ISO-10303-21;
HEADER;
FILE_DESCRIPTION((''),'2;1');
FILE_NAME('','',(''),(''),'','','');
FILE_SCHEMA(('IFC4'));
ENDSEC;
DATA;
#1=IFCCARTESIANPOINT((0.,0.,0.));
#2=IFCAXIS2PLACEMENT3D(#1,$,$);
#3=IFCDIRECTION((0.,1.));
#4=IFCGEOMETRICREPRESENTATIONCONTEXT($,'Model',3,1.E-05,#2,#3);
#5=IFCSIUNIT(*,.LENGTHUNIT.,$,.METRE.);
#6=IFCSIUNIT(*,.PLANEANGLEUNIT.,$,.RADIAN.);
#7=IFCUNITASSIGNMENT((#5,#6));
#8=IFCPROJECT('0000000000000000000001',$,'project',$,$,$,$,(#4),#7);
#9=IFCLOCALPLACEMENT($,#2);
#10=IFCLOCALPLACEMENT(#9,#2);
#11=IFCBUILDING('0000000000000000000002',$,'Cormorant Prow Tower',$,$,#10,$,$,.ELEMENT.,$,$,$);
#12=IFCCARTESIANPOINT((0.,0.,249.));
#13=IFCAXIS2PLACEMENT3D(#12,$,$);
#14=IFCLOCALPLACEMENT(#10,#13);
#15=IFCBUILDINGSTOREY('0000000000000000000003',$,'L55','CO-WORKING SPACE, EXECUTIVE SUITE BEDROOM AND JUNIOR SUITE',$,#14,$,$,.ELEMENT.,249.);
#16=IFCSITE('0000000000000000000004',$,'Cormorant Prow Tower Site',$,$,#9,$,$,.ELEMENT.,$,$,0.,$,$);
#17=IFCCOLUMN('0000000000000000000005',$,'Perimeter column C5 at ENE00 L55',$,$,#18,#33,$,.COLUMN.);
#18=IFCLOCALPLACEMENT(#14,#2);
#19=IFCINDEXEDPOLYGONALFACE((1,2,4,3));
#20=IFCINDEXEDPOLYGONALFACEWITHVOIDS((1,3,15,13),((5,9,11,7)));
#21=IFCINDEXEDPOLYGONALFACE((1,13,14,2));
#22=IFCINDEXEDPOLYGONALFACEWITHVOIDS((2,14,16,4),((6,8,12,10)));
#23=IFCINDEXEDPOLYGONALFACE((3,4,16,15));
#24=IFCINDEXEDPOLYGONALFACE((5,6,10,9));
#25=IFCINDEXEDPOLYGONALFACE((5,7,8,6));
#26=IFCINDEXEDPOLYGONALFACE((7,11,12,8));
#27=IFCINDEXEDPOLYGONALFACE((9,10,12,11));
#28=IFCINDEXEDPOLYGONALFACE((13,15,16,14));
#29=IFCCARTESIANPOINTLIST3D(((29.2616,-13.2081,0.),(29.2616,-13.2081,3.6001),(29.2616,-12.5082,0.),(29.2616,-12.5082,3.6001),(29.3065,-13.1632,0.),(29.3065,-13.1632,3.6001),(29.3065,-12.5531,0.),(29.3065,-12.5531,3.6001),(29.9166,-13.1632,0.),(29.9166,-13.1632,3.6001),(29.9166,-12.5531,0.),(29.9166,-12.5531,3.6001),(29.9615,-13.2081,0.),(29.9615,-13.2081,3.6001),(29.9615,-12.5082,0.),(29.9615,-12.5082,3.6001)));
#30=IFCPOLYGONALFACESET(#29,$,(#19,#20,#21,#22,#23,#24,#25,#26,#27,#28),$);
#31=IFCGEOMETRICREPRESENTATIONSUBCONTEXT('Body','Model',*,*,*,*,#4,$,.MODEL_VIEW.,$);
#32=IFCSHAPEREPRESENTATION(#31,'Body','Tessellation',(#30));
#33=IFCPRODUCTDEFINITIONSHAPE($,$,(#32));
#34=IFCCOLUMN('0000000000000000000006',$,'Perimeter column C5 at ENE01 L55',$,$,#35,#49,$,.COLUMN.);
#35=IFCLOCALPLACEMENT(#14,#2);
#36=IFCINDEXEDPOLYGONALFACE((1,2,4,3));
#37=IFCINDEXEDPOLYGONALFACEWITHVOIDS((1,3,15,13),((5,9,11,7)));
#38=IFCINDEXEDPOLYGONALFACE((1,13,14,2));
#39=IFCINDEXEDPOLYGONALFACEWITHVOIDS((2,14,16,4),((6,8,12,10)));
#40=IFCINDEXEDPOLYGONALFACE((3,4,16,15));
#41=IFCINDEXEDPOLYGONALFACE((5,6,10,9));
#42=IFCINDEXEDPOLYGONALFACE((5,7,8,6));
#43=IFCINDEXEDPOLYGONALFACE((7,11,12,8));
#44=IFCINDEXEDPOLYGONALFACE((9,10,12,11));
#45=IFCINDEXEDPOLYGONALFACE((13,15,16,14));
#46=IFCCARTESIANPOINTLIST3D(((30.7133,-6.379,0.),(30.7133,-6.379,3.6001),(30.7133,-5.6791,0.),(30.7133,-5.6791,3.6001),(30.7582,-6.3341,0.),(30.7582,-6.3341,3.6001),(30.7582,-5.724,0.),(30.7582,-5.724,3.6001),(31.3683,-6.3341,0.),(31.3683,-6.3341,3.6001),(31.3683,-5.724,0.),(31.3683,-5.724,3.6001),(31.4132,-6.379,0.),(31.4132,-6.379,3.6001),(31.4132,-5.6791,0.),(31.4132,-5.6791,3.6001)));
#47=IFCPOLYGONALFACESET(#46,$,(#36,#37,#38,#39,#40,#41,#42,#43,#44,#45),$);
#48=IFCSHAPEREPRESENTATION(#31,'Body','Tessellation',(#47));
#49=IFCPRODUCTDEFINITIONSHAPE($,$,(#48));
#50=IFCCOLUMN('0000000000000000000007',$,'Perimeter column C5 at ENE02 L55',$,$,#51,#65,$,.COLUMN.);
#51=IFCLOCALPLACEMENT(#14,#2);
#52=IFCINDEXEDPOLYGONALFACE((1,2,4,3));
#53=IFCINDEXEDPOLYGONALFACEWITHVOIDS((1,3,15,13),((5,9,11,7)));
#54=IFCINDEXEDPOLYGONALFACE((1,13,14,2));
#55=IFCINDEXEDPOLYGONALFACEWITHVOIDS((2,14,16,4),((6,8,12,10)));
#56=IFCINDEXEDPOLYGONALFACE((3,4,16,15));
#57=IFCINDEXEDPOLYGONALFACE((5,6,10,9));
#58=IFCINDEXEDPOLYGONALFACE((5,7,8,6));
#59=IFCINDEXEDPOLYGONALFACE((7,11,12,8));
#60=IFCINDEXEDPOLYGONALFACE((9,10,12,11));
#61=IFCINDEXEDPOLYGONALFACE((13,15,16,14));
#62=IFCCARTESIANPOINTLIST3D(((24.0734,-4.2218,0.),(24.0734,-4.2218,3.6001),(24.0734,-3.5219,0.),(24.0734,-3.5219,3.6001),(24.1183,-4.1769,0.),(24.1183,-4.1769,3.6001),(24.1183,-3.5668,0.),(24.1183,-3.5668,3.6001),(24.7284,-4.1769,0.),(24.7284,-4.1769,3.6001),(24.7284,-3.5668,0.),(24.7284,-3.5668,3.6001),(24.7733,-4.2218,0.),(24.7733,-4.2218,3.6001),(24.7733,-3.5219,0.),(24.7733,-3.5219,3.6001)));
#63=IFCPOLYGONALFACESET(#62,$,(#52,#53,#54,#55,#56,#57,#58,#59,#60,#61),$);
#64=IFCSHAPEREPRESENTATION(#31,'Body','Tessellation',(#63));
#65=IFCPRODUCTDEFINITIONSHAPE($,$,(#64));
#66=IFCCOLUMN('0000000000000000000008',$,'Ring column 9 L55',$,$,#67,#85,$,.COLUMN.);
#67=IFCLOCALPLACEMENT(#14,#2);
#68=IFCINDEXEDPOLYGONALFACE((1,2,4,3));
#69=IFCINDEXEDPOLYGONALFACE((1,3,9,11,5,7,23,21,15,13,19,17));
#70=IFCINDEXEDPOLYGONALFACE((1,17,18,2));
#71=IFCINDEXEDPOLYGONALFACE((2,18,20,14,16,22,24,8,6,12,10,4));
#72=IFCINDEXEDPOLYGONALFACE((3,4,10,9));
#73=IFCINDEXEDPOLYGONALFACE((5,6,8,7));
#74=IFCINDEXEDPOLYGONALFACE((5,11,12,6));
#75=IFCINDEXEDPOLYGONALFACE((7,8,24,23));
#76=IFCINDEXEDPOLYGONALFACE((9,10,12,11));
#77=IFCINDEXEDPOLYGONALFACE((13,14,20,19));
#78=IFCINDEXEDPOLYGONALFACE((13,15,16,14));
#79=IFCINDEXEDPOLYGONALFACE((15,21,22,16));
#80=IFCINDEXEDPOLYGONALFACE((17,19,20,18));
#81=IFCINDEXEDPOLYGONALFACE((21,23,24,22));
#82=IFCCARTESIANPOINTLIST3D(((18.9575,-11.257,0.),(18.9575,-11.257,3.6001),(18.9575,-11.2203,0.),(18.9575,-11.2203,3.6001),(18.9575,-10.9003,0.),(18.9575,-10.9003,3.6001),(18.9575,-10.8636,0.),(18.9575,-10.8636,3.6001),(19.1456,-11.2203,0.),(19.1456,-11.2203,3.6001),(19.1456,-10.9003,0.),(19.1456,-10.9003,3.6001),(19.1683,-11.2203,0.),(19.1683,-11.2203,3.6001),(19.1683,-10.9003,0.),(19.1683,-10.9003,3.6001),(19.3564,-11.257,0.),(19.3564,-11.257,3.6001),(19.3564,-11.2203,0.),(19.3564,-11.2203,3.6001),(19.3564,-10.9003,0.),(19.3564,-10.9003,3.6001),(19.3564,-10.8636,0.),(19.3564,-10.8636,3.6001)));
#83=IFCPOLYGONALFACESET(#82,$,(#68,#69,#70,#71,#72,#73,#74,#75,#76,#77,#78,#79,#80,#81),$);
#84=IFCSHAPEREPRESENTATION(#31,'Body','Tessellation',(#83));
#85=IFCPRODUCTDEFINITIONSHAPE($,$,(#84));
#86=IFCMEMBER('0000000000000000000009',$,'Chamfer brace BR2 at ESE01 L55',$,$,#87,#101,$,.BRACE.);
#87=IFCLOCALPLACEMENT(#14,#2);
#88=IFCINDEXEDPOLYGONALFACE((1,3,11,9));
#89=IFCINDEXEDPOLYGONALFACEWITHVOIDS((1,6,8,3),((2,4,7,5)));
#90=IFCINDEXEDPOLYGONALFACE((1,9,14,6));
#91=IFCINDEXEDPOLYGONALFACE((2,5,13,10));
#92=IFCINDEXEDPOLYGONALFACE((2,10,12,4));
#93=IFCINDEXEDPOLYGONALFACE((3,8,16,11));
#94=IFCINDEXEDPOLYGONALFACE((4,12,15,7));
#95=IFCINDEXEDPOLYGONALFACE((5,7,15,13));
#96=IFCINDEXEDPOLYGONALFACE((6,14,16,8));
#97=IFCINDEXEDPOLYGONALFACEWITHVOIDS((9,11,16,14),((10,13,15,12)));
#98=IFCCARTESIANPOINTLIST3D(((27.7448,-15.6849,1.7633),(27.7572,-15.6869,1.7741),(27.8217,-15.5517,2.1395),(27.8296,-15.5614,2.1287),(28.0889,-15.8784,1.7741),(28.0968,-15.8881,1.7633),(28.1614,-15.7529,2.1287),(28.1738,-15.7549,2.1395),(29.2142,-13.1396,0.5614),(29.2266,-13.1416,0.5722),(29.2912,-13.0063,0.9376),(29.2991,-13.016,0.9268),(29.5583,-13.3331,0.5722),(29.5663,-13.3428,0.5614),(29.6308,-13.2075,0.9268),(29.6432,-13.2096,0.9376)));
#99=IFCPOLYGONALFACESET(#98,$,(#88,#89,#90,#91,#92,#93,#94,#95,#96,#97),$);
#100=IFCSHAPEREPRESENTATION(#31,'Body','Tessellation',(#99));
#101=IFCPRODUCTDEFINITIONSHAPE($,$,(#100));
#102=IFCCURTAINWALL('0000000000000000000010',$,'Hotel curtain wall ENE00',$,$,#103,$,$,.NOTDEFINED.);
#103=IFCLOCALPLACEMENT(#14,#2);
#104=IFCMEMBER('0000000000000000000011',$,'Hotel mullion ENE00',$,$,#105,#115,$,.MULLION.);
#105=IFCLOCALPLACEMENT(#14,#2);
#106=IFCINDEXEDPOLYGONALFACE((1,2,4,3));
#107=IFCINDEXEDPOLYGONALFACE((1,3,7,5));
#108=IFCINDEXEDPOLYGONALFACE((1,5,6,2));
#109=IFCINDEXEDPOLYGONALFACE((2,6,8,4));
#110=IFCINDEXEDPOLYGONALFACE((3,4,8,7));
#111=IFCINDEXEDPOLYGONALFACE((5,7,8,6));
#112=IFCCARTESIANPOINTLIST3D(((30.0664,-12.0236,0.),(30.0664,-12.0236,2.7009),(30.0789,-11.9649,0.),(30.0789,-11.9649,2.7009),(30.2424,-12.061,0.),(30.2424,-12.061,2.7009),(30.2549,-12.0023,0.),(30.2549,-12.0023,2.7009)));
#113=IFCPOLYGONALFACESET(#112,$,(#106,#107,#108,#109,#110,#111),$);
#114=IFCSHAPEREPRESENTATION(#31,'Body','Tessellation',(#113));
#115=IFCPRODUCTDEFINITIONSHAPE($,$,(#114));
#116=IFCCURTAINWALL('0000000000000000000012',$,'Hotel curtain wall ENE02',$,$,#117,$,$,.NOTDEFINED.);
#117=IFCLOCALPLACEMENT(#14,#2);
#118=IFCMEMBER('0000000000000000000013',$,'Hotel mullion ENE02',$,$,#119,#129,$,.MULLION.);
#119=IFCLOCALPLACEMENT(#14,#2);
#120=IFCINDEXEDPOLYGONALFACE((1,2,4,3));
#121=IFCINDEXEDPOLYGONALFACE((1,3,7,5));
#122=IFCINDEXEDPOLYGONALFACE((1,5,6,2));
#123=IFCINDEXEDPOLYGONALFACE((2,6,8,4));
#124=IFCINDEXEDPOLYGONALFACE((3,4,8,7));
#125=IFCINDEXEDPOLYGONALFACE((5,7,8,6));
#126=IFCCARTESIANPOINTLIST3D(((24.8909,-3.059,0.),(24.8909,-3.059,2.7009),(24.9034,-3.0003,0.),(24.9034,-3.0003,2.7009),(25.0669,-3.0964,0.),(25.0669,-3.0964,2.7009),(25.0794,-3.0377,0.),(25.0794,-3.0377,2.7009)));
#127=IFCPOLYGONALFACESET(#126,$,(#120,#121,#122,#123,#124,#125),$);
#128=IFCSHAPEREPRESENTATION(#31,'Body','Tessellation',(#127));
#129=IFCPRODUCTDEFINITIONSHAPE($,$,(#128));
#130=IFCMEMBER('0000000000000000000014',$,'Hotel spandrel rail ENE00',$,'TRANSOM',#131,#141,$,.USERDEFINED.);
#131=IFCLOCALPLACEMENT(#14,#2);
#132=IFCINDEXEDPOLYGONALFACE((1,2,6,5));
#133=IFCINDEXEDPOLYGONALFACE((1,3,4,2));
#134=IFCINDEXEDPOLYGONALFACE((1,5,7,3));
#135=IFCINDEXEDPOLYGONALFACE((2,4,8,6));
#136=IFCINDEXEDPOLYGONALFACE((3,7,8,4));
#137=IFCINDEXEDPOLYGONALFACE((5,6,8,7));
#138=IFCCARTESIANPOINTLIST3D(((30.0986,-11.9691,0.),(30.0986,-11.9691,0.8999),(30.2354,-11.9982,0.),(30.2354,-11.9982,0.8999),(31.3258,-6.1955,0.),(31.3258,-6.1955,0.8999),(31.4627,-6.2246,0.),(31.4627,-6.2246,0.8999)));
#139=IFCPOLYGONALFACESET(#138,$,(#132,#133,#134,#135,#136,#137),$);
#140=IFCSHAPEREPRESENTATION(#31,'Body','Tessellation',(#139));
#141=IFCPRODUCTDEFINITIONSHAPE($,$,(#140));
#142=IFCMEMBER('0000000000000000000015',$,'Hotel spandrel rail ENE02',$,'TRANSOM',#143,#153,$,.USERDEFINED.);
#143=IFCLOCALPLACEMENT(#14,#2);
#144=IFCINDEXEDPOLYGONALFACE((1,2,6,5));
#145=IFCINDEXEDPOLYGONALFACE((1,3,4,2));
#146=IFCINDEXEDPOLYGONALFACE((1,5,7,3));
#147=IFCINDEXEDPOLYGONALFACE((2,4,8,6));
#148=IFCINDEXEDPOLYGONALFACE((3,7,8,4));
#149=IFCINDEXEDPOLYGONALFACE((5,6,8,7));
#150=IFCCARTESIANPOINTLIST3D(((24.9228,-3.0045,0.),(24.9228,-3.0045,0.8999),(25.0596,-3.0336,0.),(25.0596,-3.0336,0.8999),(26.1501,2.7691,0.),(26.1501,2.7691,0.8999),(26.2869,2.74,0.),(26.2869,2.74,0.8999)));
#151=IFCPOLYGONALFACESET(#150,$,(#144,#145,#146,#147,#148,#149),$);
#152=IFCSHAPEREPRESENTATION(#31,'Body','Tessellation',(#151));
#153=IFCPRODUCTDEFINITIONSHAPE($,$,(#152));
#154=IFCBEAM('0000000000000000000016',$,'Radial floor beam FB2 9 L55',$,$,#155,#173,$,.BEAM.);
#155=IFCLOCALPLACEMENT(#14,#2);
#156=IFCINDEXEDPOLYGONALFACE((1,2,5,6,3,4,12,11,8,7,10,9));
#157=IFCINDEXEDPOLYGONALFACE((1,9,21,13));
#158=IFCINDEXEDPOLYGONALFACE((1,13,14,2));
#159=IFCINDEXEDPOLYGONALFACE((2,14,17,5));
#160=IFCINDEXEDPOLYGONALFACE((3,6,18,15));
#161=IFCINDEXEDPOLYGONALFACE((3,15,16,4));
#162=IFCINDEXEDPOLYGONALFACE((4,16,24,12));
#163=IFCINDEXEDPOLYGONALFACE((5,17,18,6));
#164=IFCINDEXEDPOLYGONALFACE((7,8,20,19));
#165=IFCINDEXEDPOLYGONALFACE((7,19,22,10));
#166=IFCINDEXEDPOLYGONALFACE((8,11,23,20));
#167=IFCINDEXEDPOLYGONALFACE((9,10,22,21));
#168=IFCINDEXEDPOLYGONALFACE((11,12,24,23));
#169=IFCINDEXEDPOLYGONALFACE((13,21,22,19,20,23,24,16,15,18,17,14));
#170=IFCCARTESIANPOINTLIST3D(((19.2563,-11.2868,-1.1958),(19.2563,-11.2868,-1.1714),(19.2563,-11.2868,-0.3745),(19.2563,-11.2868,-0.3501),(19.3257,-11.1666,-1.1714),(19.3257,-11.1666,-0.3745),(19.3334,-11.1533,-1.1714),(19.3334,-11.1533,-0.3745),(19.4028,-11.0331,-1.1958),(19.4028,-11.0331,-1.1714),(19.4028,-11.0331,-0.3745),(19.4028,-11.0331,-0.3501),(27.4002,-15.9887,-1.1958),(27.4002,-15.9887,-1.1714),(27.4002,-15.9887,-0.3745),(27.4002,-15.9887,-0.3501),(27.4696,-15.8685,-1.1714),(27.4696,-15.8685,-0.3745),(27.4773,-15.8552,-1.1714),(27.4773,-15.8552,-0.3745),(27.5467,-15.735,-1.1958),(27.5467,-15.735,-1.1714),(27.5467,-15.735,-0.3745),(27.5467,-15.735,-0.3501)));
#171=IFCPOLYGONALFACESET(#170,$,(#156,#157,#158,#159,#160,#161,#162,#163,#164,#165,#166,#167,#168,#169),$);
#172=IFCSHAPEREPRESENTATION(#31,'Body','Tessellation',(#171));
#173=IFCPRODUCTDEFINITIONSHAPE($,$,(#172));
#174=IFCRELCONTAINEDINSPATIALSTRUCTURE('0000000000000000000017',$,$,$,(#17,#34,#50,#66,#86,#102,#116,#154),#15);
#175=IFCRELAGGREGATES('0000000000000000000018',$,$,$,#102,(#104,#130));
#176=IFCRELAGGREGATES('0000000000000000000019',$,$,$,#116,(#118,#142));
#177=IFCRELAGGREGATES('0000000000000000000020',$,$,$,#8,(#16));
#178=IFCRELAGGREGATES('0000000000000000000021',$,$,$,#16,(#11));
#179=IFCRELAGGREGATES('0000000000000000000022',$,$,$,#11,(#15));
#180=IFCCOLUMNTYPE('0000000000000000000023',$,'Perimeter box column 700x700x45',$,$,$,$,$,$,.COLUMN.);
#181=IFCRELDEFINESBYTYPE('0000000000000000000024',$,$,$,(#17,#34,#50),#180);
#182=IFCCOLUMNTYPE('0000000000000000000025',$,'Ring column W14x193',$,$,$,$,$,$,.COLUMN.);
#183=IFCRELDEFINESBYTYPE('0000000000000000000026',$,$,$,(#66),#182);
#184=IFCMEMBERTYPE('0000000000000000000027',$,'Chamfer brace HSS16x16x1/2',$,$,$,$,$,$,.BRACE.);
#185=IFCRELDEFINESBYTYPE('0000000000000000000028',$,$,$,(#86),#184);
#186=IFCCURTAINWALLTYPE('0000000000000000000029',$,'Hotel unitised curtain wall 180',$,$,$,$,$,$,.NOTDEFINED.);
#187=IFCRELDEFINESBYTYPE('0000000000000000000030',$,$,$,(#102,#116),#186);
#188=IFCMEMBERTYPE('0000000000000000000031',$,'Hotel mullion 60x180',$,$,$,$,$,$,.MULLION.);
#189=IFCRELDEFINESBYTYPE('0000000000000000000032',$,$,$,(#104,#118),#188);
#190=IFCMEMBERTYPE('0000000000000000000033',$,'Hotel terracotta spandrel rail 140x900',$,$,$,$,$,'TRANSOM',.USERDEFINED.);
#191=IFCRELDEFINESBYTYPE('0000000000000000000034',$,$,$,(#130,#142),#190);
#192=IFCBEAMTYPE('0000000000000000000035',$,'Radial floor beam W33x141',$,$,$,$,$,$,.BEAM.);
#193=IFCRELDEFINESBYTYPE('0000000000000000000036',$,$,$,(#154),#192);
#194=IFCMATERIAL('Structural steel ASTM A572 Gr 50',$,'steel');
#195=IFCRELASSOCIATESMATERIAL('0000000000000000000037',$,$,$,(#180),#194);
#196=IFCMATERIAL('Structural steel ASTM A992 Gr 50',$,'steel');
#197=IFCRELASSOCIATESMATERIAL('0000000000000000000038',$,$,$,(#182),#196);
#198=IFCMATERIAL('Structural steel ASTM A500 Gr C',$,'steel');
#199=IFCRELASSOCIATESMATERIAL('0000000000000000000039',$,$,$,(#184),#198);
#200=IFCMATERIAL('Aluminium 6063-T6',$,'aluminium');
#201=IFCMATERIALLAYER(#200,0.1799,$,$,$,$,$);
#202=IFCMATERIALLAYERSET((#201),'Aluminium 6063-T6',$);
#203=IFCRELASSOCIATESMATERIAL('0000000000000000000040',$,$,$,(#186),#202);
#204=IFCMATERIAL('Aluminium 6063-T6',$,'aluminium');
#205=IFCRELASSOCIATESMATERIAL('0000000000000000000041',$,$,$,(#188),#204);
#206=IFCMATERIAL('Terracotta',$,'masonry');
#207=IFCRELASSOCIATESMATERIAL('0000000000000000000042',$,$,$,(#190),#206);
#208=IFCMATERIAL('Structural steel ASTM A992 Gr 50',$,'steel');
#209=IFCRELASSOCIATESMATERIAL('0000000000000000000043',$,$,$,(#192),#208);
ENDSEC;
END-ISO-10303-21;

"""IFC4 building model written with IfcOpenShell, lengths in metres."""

from ifc_helpers import new_model, si_unit, direction, frame, origin, origin_2d, place, context, subcontext, project, spatial, rectangle, hollow_rectangle, i_section, extrude, material, layer, layer_set, material_profile, profile_set, type_object, element, aggregate, save


model = new_model("IFC4")

# Units and contexts
model_context = context("Model", 3, precision=1e-05, world=origin(), true_north=direction((0.0, 1.0)))
body_context = subcontext(model_context, "Body", "Model", "MODEL_VIEW")
ifc_project = project(units=[si_unit("LENGTHUNIT", "METRE"), si_unit("PLANEANGLEUNIT", "RADIAN")], contexts=[model_context])

# Site, building, storey
site_placement = place(None, origin())
site = spatial("IfcSite", under=ifc_project, at=site_placement, Name="Cormorant Prow Tower Site", CompositionType="ELEMENT", RefElevation=0.0)
building_placement = place(site_placement, origin())
building = spatial("IfcBuilding", under=site, at=building_placement, Name="Cormorant Prow Tower", CompositionType="ELEMENT")
storey_placement = place(building_placement, frame((0.0, 0.0, 249.0)))
storey = spatial("IfcBuildingStorey", under=building, at=storey_placement, Name="L55", Description="CO-WORKING SPACE, EXECUTIVE SUITE BEDROOM AND JUNIOR SUITE", CompositionType="ELEMENT", Elevation=249.0)

# Columns
ifc_material_1 = material(Name="Structural steel ASTM A572 Gr 50", Category="steel")
ifc_material_profile_1 = material_profile(ifc_material_1, hollow_rectangle(XDim=0.7, YDim=0.7, WallThickness=0.0449, at=origin_2d()), Name="Box 700x700x45")
ifc_profile_set_1 = profile_set([ifc_material_profile_1], Name="Structural steel ASTM A572 Gr 50")
column_type_1 = type_object("IfcColumnType", Name="Perimeter box column 700x700x45", PredefinedType="COLUMN", material=ifc_profile_set_1)
for number, where, z_axis, x_axis, name in (
    (1, (29.6116, -12.8582, 0.0), (0.0, 0.0, 1.0), (1.0, 0.0, 0.0), "Perimeter column C5 at ENE00 L55"),
    (2, (31.0632, -6.0291, 0.0), (0.0, 0.0, 1.0), (1.0, 0.0, 0.0), "Perimeter column C5 at ENE01 L55"),
    (3, (24.4233, -3.8718, 0.0), (0.0, 0.0, 1.0), (1.0, 0.0, 0.0), "Perimeter column C5 at ENE02 L55"),
):
    element("IfcColumn", number, at=place(storey_placement, frame(where, z_axis=z_axis, x_axis=x_axis)), inside=storey, type_object=column_type_1, Name=name, PredefinedType="COLUMN", context=body_context, shape_type="SweptSolid", body=[
        extrude(hollow_rectangle(XDim=0.7, YDim=0.7, WallThickness=0.0449, at=origin_2d()), origin(), (0.0, 0.0, 1.0), 3.6001),
    ])
ifc_material_2 = material(Name="Structural steel ASTM A992 Gr 50", Category="steel")
ifc_material_profile_2 = material_profile(ifc_material_2, i_section(OverallWidth=0.3989, OverallDepth=0.3933, WebThickness=0.0227, FlangeThickness=0.0366, at=origin_2d()), Name="W14x193")
ifc_profile_set_2 = profile_set([ifc_material_profile_2], Name="Structural steel ASTM A992 Gr 50")
column_type_2 = type_object("IfcColumnType", Name="Ring column W14x193", PredefinedType="COLUMN", material=ifc_profile_set_2)
column_placement = place(storey_placement, frame((19.157, -11.0603, 0.0), z_axis=(0.0, 0.0, 1.0), x_axis=(1.0, 0.0, 0.0)))
element("IfcColumn", 4, at=column_placement, inside=storey, type_object=column_type_2, Name="Ring column 9 L55", PredefinedType="COLUMN", context=body_context, shape_type="SweptSolid", body=[
    extrude(i_section(OverallWidth=0.3989, OverallDepth=0.3933, WebThickness=0.0227, FlangeThickness=0.0366, at=origin_2d()), origin(), (0.0, 0.0, 1.0), 3.6001),
])

# Member
ifc_material_3 = material(Name="Structural steel ASTM A500 Gr C", Category="steel")
ifc_material_profile_3 = material_profile(ifc_material_3, hollow_rectangle(XDim=0.4065, YDim=0.4065, WallThickness=0.0117, at=origin_2d()), Name="HSS16x16x1/2")
ifc_profile_set_3 = profile_set([ifc_material_profile_3], Name="Structural steel ASTM A500 Gr C")
member_type_1 = type_object("IfcMemberType", Name="Chamfer brace HSS16x16x1/2", PredefinedType="BRACE", material=ifc_profile_set_3)
member_1_placement = place(storey_placement, frame((29.4287, -13.1746, 0.7495), z_axis=(-0.462773, -0.801607, 0.378507), x_axis=(0.866042, -0.499972, 0.0)))
element("IfcMember", 5, at=member_1_placement, inside=storey, type_object=member_type_1, Name="Chamfer brace BR2 at ESE01 L55", PredefinedType="BRACE", context=body_context, shape_type="SweptSolid", body=[
    extrude(hollow_rectangle(XDim=0.4065, YDim=0.4065, WallThickness=0.0117, at=origin_2d()), origin(), (0.0, 0.0, 1.0), 3.1753),
])

# Curtain walls, members
ifc_material_4 = material(Name="Aluminium 6063-T6", Category="aluminium")
ifc_layer_1 = layer(ifc_material_4, 0.1799)
ifc_layer_set_1 = layer_set([ifc_layer_1], Name="Aluminium 6063-T6")
curtain_wall_type = type_object("IfcCurtainWallType", Name="Hotel unitised curtain wall 180", PredefinedType="NOTDEFINED", material=ifc_layer_set_1)
curtain_wall_1_placement = place(storey_placement, origin())
curtain_wall_1 = element("IfcCurtainWall", 6, at=curtain_wall_1_placement, inside=storey, type_object=curtain_wall_type, Name="Hotel curtain wall ENE00", PredefinedType="NOTDEFINED")
ifc_material_5 = material(Name="Aluminium 6063-T6", Category="aluminium")
ifc_material_profile_4 = material_profile(ifc_material_5, rectangle(XDim=0.1799, YDim=0.0601, at=origin_2d()), Name="Hotel mullion 60x180")
ifc_profile_set_4 = profile_set([ifc_material_profile_4], Name="Aluminium 6063-T6")
member_type_2 = type_object("IfcMemberType", Name="Hotel mullion 60x180", PredefinedType="MULLION", material=ifc_profile_set_4)
member_2_placement = place(storey_placement, frame((30.1606, -12.0129, 0.0), z_axis=(0.0, 0.0, 1.0), x_axis=(-0.978148, 0.207912, 0.0)))
member_2 = element("IfcMember", 7, at=member_2_placement, type_object=member_type_2, Name="Hotel mullion ENE00", PredefinedType="MULLION", context=body_context, shape_type="SweptSolid", body=[
    extrude(rectangle(XDim=0.1799, YDim=0.0601, at=origin_2d()), origin(), (0.0, 0.0, 1.0), 2.7009),
])
curtain_wall_2_placement = place(storey_placement, origin())
curtain_wall_2 = element("IfcCurtainWall", 8, at=curtain_wall_2_placement, inside=storey, type_object=curtain_wall_type, Name="Hotel curtain wall ENE02", PredefinedType="NOTDEFINED")
member_3_placement = place(storey_placement, frame((24.9851, -3.0483, 0.0), z_axis=(0.0, 0.0, 1.0), x_axis=(-0.978148, 0.207912, 0.0)))
member_3 = element("IfcMember", 9, at=member_3_placement, type_object=member_type_2, Name="Hotel mullion ENE02", PredefinedType="MULLION", context=body_context, shape_type="SweptSolid", body=[
    extrude(rectangle(XDim=0.1799, YDim=0.0601, at=origin_2d()), origin(), (0.0, 0.0, 1.0), 2.7009),
])

# Members
ifc_material_6 = material(Name="Terracotta", Category="masonry")
ifc_material_profile_5 = material_profile(ifc_material_6, rectangle(XDim=0.1399, YDim=0.8999, at=origin_2d()), Name="Hotel terracotta spandrel rail 140x900")
ifc_profile_set_5 = profile_set([ifc_material_profile_5], Name="Terracotta")
member_type_3 = type_object("IfcMemberType", Name="Hotel terracotta spandrel rail 140x900", ElementType="TRANSOM", PredefinedType="USERDEFINED", material=ifc_profile_set_5)
member_4_placement = place(storey_placement, frame((30.167, -11.9836, 0.45), z_axis=(0.207922, 0.978145, 0.0), x_axis=(-0.978145, 0.207922, 0.0)))
member_4 = element("IfcMember", 10, at=member_4_placement, type_object=member_type_3, Name="Hotel spandrel rail ENE00", ObjectType="TRANSOM", PredefinedType="USERDEFINED", context=body_context, shape_type="SweptSolid", body=[
    extrude(rectangle(XDim=0.1399, YDim=0.8999, at=origin_2d()), origin(), (0.0, 0.0, 1.0), 5.9026),
])
member_5_placement = place(storey_placement, frame((24.9912, -3.019, 0.45), z_axis=(0.207922, 0.978145, 0.0), x_axis=(-0.978145, 0.207922, 0.0)))
member_5 = element("IfcMember", 11, at=member_5_placement, type_object=member_type_3, Name="Hotel spandrel rail ENE02", ObjectType="TRANSOM", PredefinedType="USERDEFINED", context=body_context, shape_type="SweptSolid", body=[
    extrude(rectangle(XDim=0.1399, YDim=0.8999, at=origin_2d()), origin(), (0.0, 0.0, 1.0), 5.9026),
])

# Beam
ifc_material_7 = material(Name="Structural steel ASTM A992 Gr 50", Category="steel")
ifc_material_profile_6 = material_profile(ifc_material_7, i_section(OverallWidth=0.293, OverallDepth=0.8457, WebThickness=0.0154, FlangeThickness=0.0244, at=origin_2d()), Name="W33x141")
ifc_profile_set_6 = profile_set([ifc_material_profile_6], Name="Structural steel ASTM A992 Gr 50")
beam_type_1 = type_object("IfcBeamType", Name="Radial floor beam W33x141", PredefinedType="BEAM", material=ifc_profile_set_6)
beam_placement = place(storey_placement, frame((19.3296, -11.1599, -0.7729), z_axis=(0.866022, -0.500006, 0.0), x_axis=(0.500006, 0.866022, 0.0)))
element("IfcBeam", 12, at=beam_placement, inside=storey, type_object=beam_type_1, Name="Radial floor beam FB2 9 L55", PredefinedType="BEAM", context=body_context, shape_type="SweptSolid", body=[
    extrude(i_section(OverallWidth=0.293, OverallDepth=0.8457, WebThickness=0.0154, FlangeThickness=0.0244, at=origin_2d()), origin(), (0.0, 0.0, 1.0), 9.4038),
])

aggregate(curtain_wall_1, [member_2, member_4])
aggregate(curtain_wall_2, [member_3, member_5])

save(model, "model.ifc")
